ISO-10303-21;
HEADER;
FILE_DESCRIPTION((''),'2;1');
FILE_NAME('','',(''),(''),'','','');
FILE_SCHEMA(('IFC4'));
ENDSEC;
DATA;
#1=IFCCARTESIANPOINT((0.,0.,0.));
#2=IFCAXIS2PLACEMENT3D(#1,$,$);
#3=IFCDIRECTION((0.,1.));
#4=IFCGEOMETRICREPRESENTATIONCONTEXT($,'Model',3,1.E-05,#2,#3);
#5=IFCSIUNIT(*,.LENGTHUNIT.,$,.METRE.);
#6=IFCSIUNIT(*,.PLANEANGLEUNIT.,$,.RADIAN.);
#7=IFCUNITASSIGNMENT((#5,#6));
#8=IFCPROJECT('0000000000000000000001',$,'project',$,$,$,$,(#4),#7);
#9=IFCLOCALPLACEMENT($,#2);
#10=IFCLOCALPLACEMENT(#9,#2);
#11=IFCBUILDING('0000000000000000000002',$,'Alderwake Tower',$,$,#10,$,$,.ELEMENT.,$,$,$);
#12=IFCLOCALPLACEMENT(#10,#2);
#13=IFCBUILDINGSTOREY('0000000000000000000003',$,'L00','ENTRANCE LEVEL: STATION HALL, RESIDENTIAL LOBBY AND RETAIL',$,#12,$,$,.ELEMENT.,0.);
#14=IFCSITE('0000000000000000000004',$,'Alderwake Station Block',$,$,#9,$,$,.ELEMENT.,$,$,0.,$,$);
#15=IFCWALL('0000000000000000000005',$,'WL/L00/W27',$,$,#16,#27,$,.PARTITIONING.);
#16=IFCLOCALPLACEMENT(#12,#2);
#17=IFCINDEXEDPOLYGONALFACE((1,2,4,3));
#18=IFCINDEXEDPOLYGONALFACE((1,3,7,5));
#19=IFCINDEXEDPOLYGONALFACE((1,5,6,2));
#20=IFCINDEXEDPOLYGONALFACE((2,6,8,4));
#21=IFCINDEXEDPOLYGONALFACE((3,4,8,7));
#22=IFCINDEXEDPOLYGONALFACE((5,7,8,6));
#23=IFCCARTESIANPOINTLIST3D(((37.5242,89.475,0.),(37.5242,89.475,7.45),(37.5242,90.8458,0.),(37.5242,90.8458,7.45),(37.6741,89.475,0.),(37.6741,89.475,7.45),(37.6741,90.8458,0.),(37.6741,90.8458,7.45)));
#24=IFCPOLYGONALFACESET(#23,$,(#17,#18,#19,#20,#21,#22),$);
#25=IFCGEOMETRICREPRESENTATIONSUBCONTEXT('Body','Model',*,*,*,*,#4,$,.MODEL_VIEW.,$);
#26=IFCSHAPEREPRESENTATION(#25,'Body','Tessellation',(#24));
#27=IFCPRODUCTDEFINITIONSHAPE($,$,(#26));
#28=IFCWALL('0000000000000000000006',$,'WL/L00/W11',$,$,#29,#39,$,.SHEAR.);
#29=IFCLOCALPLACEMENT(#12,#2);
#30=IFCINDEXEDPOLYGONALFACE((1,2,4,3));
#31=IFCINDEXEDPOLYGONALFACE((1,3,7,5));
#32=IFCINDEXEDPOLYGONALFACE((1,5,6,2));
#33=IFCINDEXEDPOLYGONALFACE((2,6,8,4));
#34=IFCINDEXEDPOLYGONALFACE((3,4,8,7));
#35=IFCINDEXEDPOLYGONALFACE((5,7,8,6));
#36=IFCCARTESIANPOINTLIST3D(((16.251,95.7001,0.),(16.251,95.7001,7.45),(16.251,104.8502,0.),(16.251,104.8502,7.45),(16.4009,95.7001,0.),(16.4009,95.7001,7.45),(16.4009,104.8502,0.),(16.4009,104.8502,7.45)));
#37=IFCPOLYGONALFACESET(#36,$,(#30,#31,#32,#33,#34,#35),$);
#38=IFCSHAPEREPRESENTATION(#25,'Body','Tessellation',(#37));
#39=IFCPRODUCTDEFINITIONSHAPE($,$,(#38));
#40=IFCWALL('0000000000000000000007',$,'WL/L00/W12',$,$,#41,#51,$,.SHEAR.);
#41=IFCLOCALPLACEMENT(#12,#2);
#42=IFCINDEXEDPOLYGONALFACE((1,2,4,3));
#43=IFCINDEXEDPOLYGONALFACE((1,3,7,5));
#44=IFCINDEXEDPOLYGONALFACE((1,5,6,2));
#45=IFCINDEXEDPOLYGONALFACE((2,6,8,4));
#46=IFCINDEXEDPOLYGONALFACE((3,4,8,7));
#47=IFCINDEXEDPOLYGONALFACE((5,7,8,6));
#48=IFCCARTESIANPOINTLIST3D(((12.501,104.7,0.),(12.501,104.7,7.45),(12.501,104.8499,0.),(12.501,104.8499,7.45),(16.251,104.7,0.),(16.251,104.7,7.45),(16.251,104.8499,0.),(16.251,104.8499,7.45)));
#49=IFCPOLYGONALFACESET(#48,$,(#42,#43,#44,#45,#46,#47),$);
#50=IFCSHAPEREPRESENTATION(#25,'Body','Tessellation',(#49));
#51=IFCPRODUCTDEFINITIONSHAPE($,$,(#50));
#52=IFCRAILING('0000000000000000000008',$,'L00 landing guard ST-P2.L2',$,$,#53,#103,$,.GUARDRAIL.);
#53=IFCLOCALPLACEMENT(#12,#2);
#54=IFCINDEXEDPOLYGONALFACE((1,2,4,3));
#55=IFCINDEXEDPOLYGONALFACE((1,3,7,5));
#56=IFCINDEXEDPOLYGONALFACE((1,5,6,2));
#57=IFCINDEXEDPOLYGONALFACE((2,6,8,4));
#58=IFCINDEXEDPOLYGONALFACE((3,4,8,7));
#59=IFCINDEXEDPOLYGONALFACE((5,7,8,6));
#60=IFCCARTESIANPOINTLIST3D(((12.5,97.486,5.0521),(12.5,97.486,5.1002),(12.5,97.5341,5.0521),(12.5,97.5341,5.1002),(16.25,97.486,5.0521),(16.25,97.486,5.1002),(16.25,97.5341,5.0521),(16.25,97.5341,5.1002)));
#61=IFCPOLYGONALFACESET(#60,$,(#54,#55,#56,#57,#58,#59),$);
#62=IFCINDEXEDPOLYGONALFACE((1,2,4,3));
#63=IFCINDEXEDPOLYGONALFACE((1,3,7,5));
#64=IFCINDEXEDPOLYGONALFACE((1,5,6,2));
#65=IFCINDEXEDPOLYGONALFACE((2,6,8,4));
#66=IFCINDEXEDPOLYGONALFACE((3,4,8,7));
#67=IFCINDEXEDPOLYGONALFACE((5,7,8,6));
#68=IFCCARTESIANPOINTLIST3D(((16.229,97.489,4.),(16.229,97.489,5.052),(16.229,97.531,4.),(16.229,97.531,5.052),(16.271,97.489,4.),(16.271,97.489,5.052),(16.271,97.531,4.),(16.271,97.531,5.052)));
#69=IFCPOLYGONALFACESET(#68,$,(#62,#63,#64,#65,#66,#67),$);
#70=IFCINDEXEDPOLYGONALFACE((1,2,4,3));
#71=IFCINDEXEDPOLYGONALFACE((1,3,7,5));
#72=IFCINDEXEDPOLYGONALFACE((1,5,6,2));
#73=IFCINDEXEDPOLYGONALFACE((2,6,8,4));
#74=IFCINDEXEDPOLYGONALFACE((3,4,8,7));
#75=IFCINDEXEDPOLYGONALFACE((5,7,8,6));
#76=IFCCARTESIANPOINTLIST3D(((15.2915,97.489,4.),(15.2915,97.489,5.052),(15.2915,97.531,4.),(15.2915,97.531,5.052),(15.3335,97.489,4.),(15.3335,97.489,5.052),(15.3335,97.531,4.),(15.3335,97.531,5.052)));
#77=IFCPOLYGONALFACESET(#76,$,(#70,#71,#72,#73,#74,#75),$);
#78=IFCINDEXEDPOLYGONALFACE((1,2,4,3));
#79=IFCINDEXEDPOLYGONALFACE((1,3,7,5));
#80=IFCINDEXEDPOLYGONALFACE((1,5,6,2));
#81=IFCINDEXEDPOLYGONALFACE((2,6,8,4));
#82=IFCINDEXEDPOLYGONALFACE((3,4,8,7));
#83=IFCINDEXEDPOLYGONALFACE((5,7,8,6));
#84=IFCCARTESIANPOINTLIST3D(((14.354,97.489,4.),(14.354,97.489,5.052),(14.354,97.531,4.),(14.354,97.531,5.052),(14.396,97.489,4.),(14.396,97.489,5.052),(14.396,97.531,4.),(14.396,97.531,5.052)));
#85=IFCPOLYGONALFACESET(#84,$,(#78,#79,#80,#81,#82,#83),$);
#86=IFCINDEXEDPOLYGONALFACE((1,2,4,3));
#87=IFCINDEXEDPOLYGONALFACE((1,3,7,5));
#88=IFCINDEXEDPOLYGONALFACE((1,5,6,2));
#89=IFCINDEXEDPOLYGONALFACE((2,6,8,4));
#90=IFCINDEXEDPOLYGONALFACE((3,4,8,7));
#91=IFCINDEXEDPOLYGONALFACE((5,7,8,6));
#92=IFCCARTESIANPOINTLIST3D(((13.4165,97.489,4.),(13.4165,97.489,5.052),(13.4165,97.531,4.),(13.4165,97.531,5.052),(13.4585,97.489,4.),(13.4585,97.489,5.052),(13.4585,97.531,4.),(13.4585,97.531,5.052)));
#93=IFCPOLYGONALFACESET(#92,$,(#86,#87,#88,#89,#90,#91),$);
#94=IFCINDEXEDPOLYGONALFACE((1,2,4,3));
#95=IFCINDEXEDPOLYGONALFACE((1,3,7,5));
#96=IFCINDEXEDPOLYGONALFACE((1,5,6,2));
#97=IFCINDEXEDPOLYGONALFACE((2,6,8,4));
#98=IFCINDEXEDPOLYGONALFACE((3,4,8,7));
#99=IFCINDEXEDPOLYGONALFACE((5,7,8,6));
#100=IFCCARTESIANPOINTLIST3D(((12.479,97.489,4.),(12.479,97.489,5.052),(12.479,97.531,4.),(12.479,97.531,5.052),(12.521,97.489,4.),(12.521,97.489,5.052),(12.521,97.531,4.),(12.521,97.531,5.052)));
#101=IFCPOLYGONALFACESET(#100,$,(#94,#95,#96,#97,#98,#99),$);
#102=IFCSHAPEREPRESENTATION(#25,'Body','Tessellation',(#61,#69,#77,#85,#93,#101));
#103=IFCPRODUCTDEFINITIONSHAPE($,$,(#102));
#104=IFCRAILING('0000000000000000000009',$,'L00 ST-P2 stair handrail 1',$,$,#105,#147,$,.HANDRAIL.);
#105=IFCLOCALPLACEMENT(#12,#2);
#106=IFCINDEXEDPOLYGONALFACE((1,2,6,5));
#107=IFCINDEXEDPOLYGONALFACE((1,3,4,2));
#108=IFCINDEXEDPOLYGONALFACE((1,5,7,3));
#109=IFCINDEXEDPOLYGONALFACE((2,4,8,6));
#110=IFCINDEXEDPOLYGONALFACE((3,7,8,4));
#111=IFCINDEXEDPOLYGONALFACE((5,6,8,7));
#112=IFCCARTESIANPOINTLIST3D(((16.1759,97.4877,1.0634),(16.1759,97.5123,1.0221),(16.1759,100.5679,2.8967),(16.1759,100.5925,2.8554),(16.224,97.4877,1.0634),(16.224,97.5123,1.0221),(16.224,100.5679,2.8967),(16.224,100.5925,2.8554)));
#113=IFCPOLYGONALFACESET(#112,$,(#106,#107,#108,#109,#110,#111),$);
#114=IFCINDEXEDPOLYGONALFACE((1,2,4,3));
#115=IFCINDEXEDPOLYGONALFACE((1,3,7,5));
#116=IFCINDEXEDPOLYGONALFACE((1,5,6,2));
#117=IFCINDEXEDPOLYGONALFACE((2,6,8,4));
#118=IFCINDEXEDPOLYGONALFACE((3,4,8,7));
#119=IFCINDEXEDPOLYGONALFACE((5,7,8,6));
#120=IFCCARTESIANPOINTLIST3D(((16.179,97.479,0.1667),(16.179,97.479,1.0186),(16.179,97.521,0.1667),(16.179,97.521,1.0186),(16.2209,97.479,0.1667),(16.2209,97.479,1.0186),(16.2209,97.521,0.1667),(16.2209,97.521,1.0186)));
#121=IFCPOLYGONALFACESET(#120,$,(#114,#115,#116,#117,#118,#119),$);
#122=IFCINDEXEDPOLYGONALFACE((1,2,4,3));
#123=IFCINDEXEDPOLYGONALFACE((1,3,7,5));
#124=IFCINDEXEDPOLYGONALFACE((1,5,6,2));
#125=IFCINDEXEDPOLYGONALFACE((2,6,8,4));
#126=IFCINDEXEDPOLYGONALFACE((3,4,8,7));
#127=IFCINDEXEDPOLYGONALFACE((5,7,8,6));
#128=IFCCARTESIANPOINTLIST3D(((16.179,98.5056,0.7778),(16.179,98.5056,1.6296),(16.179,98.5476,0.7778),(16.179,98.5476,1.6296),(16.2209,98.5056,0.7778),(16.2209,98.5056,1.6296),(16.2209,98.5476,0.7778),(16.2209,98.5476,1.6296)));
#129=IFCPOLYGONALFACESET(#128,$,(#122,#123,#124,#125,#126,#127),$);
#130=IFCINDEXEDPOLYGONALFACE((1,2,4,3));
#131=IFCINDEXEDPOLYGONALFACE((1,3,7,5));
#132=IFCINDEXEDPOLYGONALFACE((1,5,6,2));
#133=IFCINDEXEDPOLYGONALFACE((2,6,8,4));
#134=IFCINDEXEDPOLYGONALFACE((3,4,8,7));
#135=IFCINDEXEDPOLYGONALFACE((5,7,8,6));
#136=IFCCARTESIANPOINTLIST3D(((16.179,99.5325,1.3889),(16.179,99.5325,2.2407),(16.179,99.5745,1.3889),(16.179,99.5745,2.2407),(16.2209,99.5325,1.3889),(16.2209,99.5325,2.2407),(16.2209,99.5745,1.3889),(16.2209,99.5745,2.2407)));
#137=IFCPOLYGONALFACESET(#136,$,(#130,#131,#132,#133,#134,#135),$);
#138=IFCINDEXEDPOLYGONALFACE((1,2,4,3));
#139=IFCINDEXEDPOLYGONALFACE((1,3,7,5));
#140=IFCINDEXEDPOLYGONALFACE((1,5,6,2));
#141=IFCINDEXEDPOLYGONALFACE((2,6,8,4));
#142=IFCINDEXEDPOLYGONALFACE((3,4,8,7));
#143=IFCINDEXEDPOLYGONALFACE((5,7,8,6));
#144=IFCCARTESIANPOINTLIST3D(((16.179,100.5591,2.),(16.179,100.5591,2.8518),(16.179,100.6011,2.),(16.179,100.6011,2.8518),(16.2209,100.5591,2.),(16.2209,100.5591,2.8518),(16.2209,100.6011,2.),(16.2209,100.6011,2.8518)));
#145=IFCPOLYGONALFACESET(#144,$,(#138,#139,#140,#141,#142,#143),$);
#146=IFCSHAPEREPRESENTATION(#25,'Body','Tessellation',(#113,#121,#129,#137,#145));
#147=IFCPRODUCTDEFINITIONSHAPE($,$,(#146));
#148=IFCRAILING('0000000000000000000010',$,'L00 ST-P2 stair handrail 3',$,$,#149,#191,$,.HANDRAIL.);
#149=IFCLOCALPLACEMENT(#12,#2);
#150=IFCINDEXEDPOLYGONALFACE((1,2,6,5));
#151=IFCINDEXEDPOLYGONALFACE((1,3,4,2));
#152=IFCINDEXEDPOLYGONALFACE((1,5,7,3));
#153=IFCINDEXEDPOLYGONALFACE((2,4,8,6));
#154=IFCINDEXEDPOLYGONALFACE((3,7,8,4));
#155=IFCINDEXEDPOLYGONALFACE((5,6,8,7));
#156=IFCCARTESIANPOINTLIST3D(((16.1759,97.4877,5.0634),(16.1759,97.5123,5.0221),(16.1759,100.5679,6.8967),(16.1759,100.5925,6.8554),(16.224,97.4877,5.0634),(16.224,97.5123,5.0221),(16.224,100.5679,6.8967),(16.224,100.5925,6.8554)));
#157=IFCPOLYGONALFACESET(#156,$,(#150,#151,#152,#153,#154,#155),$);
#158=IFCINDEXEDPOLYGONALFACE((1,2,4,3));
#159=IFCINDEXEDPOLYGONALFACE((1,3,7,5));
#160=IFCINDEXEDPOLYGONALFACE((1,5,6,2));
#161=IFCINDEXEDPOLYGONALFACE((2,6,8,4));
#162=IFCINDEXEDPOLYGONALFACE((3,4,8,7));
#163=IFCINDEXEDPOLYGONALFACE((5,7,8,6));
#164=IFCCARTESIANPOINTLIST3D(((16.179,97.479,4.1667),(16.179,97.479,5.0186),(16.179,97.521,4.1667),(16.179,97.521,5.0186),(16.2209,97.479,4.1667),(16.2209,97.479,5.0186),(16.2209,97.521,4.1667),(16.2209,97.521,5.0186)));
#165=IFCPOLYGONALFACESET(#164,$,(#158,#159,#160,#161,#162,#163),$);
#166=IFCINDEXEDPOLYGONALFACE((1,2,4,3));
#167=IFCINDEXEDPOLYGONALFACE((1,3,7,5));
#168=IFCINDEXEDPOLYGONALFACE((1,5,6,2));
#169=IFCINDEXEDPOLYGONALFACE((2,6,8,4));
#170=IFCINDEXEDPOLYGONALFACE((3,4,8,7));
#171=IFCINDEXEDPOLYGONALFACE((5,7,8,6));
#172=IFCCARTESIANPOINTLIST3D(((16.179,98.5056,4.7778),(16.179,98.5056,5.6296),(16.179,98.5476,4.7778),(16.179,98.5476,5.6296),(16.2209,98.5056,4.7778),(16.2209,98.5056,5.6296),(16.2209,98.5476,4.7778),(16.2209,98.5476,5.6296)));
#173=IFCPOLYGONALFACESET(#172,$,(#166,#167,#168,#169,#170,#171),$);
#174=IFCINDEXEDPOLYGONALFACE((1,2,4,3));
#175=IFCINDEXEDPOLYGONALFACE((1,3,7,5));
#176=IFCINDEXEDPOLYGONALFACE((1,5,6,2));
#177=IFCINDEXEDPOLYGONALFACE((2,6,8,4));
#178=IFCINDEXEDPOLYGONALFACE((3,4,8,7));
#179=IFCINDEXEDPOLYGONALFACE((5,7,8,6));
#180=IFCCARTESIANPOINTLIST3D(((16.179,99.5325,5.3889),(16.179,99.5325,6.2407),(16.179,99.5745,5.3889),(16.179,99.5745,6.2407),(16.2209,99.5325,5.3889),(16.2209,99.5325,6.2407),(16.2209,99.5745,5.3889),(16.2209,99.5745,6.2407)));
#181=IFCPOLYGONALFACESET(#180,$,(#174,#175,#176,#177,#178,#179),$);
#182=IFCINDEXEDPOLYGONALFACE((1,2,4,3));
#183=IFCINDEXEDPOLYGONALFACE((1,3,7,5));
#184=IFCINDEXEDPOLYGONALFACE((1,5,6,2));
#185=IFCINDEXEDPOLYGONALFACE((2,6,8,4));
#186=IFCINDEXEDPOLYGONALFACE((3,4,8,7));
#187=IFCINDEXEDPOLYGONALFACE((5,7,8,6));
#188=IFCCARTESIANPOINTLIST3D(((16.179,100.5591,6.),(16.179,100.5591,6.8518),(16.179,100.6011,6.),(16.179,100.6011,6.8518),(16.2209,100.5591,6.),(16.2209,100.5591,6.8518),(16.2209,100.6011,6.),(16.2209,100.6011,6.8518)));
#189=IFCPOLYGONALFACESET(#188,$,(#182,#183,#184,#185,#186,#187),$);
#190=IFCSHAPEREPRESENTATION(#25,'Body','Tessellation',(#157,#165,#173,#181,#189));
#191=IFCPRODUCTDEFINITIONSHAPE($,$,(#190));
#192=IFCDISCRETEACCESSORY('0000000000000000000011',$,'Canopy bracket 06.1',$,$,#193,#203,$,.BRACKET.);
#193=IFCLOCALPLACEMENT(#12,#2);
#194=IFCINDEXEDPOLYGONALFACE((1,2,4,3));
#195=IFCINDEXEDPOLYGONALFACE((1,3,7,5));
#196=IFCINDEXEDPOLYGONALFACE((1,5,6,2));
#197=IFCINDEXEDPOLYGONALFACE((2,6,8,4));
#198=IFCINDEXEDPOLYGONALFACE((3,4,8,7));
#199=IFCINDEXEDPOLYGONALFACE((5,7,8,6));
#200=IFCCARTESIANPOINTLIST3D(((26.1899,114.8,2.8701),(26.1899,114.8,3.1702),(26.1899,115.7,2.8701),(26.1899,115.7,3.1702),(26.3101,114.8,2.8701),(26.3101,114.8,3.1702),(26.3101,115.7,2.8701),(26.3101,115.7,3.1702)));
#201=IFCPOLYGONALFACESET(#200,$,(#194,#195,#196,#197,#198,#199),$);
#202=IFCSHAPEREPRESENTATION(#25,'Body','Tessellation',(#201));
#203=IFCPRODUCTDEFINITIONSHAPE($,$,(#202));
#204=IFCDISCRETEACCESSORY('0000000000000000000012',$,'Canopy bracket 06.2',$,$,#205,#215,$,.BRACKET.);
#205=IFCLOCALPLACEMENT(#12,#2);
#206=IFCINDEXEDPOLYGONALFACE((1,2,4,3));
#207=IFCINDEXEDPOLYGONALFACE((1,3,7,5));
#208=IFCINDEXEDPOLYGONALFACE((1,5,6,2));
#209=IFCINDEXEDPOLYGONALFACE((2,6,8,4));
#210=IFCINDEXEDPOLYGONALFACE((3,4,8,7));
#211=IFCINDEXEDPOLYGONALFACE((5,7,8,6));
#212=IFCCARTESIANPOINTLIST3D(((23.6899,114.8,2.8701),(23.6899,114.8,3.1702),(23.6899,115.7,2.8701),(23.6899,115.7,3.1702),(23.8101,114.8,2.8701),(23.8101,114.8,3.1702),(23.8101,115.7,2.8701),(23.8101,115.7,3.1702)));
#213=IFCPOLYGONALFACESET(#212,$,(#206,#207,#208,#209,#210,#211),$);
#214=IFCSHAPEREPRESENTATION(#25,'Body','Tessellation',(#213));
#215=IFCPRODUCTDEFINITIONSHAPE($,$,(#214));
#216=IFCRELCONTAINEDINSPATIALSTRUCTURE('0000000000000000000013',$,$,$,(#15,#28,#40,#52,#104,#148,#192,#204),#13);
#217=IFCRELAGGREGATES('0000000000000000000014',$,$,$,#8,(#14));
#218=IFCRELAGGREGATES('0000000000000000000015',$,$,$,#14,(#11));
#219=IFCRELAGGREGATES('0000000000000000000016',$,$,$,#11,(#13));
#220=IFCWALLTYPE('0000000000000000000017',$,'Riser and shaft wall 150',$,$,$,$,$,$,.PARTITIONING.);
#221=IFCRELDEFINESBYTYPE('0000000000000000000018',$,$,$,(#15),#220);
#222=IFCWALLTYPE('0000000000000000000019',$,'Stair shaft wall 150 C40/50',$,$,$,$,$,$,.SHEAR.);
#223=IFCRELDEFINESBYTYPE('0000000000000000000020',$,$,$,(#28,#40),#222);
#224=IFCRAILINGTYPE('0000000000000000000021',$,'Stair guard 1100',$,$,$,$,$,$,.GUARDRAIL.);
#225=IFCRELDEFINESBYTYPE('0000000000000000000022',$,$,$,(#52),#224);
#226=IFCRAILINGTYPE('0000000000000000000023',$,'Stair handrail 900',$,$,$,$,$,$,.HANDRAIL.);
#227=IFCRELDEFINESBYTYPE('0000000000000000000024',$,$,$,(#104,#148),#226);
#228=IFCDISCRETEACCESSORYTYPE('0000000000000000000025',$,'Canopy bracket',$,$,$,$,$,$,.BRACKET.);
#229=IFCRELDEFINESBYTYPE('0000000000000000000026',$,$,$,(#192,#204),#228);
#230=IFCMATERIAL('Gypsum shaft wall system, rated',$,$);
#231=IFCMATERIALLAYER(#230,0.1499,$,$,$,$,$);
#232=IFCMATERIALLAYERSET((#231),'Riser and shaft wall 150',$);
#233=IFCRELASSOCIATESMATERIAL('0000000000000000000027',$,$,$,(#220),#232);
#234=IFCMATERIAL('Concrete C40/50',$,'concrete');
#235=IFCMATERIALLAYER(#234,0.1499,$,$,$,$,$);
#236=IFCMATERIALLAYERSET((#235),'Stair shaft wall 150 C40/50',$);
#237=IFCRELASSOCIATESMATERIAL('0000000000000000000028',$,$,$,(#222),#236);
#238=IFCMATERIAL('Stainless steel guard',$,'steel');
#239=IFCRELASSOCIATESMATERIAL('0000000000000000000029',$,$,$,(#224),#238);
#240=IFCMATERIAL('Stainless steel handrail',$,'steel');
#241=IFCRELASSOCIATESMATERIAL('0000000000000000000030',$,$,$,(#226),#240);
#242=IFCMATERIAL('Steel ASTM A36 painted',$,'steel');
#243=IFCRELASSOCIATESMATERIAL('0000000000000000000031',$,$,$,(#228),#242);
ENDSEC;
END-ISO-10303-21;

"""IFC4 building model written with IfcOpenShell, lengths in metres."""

from ifc_helpers import new_model, si_unit, direction, frame, frame_2d, origin, origin_2d, place, context, subcontext, project, spatial, rectangle, extrude, material, layer, layer_set, type_object, element, save


model = new_model("IFC4")

# Units and contexts
model_context = context("Model", 3, precision=1e-05, world=origin(), true_north=direction((0.0, 1.0)))
body_context = subcontext(model_context, "Body", "Model", "MODEL_VIEW")
ifc_project = project(units=[si_unit("LENGTHUNIT", "METRE"), si_unit("PLANEANGLEUNIT", "RADIAN")], contexts=[model_context])

# Site, building, storey
site_placement = place(None, origin())
site = spatial("IfcSite", under=ifc_project, at=site_placement, Name="Alderwake Station Block", CompositionType="ELEMENT", RefElevation=0.0)
building_placement = place(site_placement, origin())
building = spatial("IfcBuilding", under=site, at=building_placement, Name="Alderwake Tower", CompositionType="ELEMENT")
storey_placement = place(building_placement, origin())
storey = spatial("IfcBuildingStorey", under=building, at=storey_placement, Name="L00", Description="ENTRANCE LEVEL: STATION HALL, RESIDENTIAL LOBBY AND RETAIL", CompositionType="ELEMENT", Elevation=0.0)

# Walls
ifc_material_1 = material(Name="Gypsum shaft wall system, rated")
ifc_layer_1 = layer(ifc_material_1, 0.1499)
ifc_layer_set_1 = layer_set([ifc_layer_1], Name="Riser and shaft wall 150")
wall_type_1 = type_object("IfcWallType", Name="Riser and shaft wall 150", PredefinedType="PARTITIONING", material=ifc_layer_set_1)
wall_1_placement = place(storey_placement, frame((37.5991, 90.8459, 0.0), z_axis=(0.0, 0.0, 1.0), x_axis=(0.0, -1.0, 0.0)))
element("IfcWall", 1, at=wall_1_placement, inside=storey, type_object=wall_type_1, Name="WL/L00/W27", PredefinedType="PARTITIONING", context=body_context, shape_type="SweptSolid", body=[
    extrude(rectangle(XDim=1.3708, YDim=0.1499, at=frame_2d((0.6855, 0.0))), origin(), (0.0, 0.0, 1.0), 7.45),
])
ifc_material_2 = material(Name="Concrete C40/50", Category="concrete")
ifc_layer_2 = layer(ifc_material_2, 0.1499)
ifc_layer_set_2 = layer_set([ifc_layer_2], Name="Stair shaft wall 150 C40/50")
wall_type_2 = type_object("IfcWallType", Name="Stair shaft wall 150 C40/50", PredefinedType="SHEAR", material=ifc_layer_set_2)
wall_2_placement = place(storey_placement, frame((16.3259, 95.7, 0.0), z_axis=(0.0, 0.0, 1.0), x_axis=(0.0, 1.0, 0.0)))
element("IfcWall", 2, at=wall_2_placement, inside=storey, type_object=wall_type_2, Name="WL/L00/W11", PredefinedType="SHEAR", context=body_context, shape_type="SweptSolid", body=[
    extrude(rectangle(XDim=9.1501, YDim=0.1499, at=frame_2d((4.5752, 0.0))), origin(), (0.0, 0.0, 1.0), 7.45),
])
wall_3_placement = place(storey_placement, frame((16.251, 104.7749, 0.0), z_axis=(0.0, 0.0, 1.0), x_axis=(-1.0, 0.0, 0.0)))
element("IfcWall", 3, at=wall_3_placement, inside=storey, type_object=wall_type_2, Name="WL/L00/W12", PredefinedType="SHEAR", context=body_context, shape_type="SweptSolid", body=[
    extrude(rectangle(XDim=3.75, YDim=0.1499, at=frame_2d((1.875, 0.0))), origin(), (0.0, 0.0, 1.0), 7.45),
])

# Railings
ifc_material_3 = material(Name="Stainless steel guard", Category="steel")
railing_type_1 = type_object("IfcRailingType", Name="Stair guard 1100", PredefinedType="GUARDRAIL", material=ifc_material_3)
railing_placement = place(storey_placement, frame((16.25, 97.51, 4.0)))
element("IfcRailing", 4, at=railing_placement, inside=storey, type_object=railing_type_1, Name="L00 landing guard ST-P2.L2", PredefinedType="GUARDRAIL", context=body_context, shape_type="SweptSolid", body=[
    extrude(rectangle(XDim=0.0481, YDim=0.0481, at=origin_2d()), frame((0.0, 0.0, 1.0762), z_axis=(-1.0, 0.0, 0.0), x_axis=(0.0, -1.0, 0.0)), (0.0, 0.0, 1.0), 3.75),
    extrude(rectangle(XDim=0.042, YDim=0.042, at=origin_2d()), frame((0.0, 0.0, 0.0), z_axis=(0.0, 0.0, 1.0), x_axis=(-1.0, 0.0, 0.0)), (0.0, 0.0, 1.0), 1.052),
    extrude(rectangle(XDim=0.042, YDim=0.042, at=origin_2d()), frame((-0.9375, 0.0, 0.0), z_axis=(0.0, 0.0, 1.0), x_axis=(-1.0, 0.0, 0.0)), (0.0, 0.0, 1.0), 1.052),
    extrude(rectangle(XDim=0.042, YDim=0.042, at=origin_2d()), frame((-1.875, 0.0, 0.0), z_axis=(0.0, 0.0, 1.0), x_axis=(-1.0, 0.0, 0.0)), (0.0, 0.0, 1.0), 1.052),
    extrude(rectangle(XDim=0.042, YDim=0.042, at=origin_2d()), frame((-2.8125, 0.0, 0.0), z_axis=(0.0, 0.0, 1.0), x_axis=(-1.0, 0.0, 0.0)), (0.0, 0.0, 1.0), 1.052),
    extrude(rectangle(XDim=0.042, YDim=0.042, at=origin_2d()), frame((-3.75, 0.0, 0.0), z_axis=(0.0, 0.0, 1.0), x_axis=(-1.0, 0.0, 0.0)), (0.0, 0.0, 1.0), 1.052),
])
ifc_material_4 = material(Name="Stainless steel handrail", Category="steel")
railing_type_2 = type_object("IfcRailingType", Name="Stair handrail 900", PredefinedType="HANDRAIL", material=ifc_material_4)
for number, where, name in (
    (5, (16.2, 97.5, 0.1667), "L00 ST-P2 stair handrail 1"),
    (6, (16.2, 97.5, 4.1667), "L00 ST-P2 stair handrail 3"),
):
    element("IfcRailing", number, at=place(storey_placement, frame(where)), inside=storey, type_object=railing_type_2, Name=name, PredefinedType="HANDRAIL", context=body_context, shape_type="SweptSolid", body=[
        extrude(rectangle(XDim=0.0481, YDim=0.0481, at=origin_2d()), frame((0.0, 0.0, 0.876), z_axis=(0.0, 0.859309, 0.511458), x_axis=(-1.0, 0.0, 0.0)), (0.0, 0.0, 1.0), 3.5845),
        extrude(rectangle(XDim=0.042, YDim=0.042, at=origin_2d()), frame((0.0, 0.0, 0.0), z_axis=(0.0, 0.0, 1.0), x_axis=(0.0, 1.0, 0.0)), (0.0, 0.0, 1.0), 0.8518),
        extrude(rectangle(XDim=0.042, YDim=0.042, at=origin_2d()), frame((0.0, 1.0266, 0.6111), z_axis=(0.0, 0.0, 1.0), x_axis=(0.0, 1.0, 0.0)), (0.0, 0.0, 1.0), 0.8518),
        extrude(rectangle(XDim=0.042, YDim=0.042, at=origin_2d()), frame((0.0, 2.0535, 1.2222), z_axis=(0.0, 0.0, 1.0), x_axis=(0.0, 1.0, 0.0)), (0.0, 0.0, 1.0), 0.8518),
        extrude(rectangle(XDim=0.042, YDim=0.042, at=origin_2d()), frame((0.0, 3.0801, 1.8333), z_axis=(0.0, 0.0, 1.0), x_axis=(0.0, 1.0, 0.0)), (0.0, 0.0, 1.0), 0.8518),
    ])

# Discrete accessories
ifc_material_5 = material(Name="Steel ASTM A36 painted", Category="steel")
discrete_accessory_type = type_object("IfcDiscreteAccessoryType", Name="Canopy bracket", PredefinedType="BRACKET", material=ifc_material_5)
for number, where, z_axis, x_axis, name in (
    (7, (26.25, 115.25, 2.8701), (0.0, 0.0, 1.0), (0.0, -1.0, 0.0), "Canopy bracket 06.1"),
    (8, (23.75, 115.25, 2.8701), (0.0, 0.0, 1.0), (0.0, -1.0, 0.0), "Canopy bracket 06.2"),
):
    element("IfcDiscreteAccessory", number, at=place(storey_placement, frame(where, z_axis=z_axis, x_axis=x_axis)), inside=storey, type_object=discrete_accessory_type, Name=name, PredefinedType="BRACKET", context=body_context, shape_type="SweptSolid", body=[
        extrude(rectangle(XDim=0.8999, YDim=0.1201, at=origin_2d()), origin(), (0.0, 0.0, 1.0), 0.3),
    ])

save(model, "model.ifc")
